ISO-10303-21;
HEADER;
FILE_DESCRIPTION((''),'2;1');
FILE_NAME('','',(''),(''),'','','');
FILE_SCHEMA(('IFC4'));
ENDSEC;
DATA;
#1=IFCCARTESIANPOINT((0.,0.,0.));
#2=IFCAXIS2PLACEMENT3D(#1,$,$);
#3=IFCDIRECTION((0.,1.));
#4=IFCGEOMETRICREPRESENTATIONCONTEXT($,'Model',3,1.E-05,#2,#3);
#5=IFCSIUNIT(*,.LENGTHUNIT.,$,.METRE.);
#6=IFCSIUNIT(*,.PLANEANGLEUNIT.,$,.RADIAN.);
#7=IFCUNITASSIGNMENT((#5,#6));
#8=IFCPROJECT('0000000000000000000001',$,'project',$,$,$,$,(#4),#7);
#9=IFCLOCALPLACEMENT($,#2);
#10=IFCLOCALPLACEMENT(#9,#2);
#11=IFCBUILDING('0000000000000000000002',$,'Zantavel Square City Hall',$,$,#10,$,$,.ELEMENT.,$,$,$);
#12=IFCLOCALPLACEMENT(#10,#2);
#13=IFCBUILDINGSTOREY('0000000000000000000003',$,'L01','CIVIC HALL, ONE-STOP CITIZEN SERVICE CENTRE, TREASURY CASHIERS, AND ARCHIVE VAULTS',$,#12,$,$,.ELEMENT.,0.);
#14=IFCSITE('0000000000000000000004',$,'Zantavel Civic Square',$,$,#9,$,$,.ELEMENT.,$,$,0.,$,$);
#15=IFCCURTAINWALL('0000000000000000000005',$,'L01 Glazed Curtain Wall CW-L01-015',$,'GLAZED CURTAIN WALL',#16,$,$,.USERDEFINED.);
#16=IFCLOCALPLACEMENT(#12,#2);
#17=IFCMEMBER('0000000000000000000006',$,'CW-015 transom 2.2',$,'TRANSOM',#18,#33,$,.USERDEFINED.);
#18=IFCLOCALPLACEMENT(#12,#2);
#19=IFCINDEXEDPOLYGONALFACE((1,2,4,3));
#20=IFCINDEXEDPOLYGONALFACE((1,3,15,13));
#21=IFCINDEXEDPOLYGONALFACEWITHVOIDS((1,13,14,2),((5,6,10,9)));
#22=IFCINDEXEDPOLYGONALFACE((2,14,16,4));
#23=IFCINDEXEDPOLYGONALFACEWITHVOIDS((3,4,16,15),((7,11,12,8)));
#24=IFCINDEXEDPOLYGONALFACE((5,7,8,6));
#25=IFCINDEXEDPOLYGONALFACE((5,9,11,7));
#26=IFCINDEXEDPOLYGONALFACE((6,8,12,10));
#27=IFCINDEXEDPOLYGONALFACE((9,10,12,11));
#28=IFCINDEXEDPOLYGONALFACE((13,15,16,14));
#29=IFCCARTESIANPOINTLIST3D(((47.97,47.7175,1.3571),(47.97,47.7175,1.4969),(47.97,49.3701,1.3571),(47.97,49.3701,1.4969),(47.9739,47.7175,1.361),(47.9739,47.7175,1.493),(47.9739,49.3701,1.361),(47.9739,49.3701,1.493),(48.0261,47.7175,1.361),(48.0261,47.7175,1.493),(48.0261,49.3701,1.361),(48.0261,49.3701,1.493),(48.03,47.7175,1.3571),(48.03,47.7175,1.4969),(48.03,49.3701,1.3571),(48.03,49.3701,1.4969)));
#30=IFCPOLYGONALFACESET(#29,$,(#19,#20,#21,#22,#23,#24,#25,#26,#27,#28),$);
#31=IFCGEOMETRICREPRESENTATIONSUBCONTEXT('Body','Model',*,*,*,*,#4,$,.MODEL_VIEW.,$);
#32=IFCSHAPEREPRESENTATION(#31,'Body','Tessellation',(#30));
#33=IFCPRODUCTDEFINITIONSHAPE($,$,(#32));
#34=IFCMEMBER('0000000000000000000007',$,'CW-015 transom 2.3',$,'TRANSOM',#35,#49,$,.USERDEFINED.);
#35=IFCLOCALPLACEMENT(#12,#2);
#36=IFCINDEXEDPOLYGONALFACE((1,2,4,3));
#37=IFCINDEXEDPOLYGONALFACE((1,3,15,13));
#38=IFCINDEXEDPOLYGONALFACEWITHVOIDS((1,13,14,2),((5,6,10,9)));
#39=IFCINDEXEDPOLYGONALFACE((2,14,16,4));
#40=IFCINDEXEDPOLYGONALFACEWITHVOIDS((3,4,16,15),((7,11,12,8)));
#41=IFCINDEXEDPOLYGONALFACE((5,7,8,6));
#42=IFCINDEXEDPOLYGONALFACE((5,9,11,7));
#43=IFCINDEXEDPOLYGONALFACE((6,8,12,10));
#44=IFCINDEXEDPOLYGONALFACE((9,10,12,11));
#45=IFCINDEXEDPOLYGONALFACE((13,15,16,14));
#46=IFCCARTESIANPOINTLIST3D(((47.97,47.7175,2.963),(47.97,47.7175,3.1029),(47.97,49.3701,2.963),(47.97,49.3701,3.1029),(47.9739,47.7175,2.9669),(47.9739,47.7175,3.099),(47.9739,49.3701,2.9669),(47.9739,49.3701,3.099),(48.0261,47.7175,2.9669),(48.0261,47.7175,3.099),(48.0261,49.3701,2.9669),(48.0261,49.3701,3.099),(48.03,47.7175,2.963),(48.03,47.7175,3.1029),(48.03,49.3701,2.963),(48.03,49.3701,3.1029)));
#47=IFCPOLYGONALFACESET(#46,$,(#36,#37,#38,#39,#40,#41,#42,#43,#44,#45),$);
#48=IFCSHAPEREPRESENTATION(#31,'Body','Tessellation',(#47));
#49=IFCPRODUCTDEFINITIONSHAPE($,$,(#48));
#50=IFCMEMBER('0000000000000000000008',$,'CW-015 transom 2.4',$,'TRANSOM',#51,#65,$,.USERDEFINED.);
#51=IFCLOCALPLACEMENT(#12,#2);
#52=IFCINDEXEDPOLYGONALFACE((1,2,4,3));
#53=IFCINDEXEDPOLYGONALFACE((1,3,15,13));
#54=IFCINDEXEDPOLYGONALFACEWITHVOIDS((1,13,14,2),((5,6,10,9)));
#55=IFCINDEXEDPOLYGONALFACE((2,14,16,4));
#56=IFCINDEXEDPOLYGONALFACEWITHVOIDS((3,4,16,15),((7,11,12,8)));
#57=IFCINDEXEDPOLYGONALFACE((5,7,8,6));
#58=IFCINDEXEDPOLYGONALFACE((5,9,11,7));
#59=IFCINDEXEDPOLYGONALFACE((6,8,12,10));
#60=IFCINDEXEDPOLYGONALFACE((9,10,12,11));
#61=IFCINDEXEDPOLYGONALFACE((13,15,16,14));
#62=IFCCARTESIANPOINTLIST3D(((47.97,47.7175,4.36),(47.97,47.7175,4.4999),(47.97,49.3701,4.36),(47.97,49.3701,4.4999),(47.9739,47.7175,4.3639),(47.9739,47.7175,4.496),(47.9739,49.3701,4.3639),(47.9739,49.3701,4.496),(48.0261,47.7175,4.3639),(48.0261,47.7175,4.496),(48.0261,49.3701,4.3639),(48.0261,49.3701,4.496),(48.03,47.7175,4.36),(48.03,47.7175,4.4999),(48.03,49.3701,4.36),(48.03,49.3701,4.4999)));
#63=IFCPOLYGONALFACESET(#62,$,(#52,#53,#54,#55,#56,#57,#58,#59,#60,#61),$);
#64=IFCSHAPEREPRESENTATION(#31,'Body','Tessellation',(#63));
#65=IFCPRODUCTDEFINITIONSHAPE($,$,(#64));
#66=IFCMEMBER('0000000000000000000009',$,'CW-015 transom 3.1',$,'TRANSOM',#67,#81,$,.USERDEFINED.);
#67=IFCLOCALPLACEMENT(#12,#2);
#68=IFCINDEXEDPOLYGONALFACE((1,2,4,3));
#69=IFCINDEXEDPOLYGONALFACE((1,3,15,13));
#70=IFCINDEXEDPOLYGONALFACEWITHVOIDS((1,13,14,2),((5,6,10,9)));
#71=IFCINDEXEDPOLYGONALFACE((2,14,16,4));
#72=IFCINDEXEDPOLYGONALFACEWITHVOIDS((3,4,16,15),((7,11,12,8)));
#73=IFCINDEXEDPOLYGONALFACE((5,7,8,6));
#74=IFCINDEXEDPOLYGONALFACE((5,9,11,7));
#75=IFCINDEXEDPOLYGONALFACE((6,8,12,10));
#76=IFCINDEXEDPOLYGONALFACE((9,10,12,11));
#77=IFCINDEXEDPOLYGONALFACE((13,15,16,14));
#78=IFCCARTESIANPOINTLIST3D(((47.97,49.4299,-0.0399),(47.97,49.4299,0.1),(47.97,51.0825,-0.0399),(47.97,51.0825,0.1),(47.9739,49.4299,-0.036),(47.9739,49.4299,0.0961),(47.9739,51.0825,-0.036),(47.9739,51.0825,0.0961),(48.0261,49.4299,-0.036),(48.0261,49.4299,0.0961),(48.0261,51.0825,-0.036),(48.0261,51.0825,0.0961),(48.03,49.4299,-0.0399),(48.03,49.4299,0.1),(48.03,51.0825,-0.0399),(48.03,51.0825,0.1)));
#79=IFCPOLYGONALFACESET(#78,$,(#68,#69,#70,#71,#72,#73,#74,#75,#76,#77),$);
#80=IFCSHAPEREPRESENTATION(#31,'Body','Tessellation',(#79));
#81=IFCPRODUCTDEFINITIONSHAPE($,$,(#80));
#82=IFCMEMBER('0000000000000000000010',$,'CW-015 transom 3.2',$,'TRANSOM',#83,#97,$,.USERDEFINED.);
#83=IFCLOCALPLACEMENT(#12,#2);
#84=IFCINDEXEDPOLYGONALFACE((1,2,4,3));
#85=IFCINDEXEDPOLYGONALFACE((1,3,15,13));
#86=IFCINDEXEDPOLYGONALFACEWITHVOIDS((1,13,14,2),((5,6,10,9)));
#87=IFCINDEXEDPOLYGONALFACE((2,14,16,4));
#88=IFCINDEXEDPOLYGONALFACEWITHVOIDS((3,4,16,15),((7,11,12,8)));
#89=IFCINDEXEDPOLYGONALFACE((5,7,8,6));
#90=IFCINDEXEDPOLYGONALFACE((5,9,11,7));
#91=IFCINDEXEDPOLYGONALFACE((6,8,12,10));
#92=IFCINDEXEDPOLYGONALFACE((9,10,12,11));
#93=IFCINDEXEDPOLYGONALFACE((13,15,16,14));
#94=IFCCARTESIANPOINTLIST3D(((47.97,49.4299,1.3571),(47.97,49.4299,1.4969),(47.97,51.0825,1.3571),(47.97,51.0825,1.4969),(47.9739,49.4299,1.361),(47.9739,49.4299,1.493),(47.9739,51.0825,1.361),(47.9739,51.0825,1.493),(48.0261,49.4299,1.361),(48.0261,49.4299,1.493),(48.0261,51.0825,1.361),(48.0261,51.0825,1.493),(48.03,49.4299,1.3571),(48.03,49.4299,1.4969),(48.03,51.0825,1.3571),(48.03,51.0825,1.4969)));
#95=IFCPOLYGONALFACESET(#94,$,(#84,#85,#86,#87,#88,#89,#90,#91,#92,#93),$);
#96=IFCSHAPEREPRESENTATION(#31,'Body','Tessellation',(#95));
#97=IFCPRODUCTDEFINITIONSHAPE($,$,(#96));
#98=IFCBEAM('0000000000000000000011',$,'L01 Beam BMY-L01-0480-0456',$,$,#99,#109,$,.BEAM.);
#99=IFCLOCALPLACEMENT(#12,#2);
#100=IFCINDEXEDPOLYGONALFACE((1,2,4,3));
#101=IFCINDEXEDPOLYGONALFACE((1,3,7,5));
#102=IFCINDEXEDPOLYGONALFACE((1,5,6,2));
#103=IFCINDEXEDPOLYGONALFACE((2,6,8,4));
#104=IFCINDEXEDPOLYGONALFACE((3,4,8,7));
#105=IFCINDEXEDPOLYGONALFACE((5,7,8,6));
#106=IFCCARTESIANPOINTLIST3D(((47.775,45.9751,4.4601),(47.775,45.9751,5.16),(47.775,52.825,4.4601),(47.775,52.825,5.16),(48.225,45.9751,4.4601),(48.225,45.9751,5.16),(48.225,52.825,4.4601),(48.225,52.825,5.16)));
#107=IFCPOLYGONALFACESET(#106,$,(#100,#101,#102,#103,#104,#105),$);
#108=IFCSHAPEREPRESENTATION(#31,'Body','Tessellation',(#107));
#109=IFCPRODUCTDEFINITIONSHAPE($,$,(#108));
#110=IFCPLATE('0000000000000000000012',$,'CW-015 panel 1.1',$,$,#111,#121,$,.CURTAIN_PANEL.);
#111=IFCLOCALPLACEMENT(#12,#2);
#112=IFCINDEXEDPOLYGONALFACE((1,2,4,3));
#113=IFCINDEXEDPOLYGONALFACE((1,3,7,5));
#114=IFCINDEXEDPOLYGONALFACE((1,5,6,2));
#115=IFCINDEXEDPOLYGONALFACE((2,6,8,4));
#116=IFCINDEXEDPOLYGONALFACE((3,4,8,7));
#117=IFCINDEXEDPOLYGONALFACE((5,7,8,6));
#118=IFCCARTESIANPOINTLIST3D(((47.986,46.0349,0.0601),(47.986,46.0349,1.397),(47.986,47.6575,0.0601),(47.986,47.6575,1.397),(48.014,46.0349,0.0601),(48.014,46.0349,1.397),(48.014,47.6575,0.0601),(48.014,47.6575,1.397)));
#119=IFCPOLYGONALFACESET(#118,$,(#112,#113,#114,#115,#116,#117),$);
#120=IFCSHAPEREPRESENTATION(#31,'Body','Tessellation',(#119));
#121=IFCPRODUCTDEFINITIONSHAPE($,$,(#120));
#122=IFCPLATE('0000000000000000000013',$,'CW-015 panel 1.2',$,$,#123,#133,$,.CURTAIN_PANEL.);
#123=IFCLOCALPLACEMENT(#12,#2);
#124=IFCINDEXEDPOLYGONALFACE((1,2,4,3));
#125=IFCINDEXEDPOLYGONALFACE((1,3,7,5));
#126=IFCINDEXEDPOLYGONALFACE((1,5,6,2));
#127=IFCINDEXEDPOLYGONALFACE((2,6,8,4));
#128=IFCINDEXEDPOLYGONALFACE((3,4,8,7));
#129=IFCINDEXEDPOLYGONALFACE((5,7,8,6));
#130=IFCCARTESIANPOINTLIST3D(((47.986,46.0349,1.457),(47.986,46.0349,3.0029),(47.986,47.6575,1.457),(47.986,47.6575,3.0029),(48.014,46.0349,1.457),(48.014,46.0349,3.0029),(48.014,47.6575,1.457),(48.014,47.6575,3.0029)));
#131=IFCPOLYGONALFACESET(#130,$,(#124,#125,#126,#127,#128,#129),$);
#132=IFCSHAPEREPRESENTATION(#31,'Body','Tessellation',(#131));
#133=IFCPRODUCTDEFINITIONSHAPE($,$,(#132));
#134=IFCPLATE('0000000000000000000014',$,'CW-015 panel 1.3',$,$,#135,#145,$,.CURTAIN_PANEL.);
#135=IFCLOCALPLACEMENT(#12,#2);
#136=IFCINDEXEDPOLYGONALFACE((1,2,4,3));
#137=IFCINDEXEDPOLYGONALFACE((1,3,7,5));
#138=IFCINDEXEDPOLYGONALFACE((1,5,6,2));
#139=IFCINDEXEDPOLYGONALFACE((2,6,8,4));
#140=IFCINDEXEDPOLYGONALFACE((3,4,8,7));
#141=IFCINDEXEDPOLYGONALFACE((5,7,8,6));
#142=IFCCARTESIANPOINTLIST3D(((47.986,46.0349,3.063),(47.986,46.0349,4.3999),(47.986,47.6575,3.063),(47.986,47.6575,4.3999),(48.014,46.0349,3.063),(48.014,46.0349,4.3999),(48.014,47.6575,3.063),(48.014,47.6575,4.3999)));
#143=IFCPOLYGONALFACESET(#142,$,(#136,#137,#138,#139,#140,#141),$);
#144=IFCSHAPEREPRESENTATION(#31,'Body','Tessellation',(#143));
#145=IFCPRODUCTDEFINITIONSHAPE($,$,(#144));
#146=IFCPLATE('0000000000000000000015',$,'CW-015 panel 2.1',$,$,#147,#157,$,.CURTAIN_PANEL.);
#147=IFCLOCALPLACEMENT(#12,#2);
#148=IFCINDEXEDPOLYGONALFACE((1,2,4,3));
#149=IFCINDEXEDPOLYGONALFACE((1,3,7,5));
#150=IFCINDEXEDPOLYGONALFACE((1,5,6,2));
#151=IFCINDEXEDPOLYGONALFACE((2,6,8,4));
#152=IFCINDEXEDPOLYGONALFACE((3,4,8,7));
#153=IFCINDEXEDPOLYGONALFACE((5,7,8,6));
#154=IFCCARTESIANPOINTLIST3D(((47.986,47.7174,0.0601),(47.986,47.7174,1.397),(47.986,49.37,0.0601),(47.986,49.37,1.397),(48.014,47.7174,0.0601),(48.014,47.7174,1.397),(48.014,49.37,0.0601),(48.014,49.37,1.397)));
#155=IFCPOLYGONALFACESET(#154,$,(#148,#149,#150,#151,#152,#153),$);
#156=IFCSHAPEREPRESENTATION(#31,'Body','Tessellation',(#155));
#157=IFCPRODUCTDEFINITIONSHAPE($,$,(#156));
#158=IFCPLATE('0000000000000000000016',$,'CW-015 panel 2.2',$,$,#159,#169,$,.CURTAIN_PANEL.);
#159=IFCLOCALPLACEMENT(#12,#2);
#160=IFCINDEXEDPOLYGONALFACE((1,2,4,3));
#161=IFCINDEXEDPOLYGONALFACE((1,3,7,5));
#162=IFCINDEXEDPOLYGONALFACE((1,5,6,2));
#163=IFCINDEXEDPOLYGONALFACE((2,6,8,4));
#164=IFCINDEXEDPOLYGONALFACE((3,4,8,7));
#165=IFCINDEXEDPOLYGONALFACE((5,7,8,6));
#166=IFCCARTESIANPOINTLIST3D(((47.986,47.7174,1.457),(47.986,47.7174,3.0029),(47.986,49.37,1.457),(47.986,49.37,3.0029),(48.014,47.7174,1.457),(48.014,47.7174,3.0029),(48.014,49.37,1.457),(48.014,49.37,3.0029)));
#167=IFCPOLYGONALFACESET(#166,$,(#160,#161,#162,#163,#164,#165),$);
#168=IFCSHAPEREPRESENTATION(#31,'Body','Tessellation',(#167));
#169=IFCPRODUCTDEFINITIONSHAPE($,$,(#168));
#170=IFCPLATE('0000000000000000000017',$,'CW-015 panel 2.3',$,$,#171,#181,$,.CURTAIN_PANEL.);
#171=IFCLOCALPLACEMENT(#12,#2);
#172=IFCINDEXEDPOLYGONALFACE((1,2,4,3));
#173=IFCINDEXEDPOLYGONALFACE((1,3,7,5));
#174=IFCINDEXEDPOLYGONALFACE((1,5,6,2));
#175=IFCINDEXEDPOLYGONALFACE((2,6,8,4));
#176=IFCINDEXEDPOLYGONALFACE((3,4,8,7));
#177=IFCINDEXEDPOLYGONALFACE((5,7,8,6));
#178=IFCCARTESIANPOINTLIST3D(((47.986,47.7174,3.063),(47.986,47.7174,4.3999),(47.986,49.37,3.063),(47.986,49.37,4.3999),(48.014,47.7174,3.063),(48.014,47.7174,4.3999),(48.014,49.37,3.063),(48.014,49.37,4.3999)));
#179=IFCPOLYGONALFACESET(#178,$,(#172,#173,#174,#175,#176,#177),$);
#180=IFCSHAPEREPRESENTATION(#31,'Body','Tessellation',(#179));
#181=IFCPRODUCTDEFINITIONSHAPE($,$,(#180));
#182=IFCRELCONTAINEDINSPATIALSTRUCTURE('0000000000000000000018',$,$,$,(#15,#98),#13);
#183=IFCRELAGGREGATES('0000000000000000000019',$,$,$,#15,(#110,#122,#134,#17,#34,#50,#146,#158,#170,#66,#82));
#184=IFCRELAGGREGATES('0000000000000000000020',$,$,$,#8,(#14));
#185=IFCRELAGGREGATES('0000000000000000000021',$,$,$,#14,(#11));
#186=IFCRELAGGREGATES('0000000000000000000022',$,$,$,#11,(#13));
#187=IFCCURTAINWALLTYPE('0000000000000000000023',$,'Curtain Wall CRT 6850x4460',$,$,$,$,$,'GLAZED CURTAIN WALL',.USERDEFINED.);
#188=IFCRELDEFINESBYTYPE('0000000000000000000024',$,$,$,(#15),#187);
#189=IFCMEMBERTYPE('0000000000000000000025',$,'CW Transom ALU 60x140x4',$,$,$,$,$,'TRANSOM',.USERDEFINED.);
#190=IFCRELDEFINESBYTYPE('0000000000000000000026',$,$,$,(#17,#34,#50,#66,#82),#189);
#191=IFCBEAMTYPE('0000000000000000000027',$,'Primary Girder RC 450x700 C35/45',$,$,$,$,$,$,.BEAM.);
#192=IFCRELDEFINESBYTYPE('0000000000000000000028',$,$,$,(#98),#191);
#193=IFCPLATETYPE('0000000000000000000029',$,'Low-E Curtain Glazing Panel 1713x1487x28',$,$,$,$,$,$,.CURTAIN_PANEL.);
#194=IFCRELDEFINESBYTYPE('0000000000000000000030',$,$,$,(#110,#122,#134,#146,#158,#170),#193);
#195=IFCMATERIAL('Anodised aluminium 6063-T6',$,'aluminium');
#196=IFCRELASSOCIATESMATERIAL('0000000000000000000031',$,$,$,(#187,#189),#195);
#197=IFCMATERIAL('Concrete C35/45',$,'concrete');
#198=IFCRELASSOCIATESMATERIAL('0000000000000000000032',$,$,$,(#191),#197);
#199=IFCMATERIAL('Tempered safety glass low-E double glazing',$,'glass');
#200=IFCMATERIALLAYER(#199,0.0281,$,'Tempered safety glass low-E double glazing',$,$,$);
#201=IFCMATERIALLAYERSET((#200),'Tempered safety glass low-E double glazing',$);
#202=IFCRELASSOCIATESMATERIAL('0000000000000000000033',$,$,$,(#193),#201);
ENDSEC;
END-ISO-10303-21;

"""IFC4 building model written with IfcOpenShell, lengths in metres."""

from ifc_helpers import new_model, si_unit, direction, frame, origin, origin_2d, place, context, subcontext, project, spatial, rectangle, hollow_rectangle, extrude, material, layer, layer_set, material_profile, profile_set, type_object, element, aggregate, save


model = new_model("IFC4")

# Units and contexts
model_context = context("Model", 3, precision=1e-05, world=origin(), true_north=direction((0.0, 1.0)))
body_context = subcontext(model_context, "Body", "Model", "MODEL_VIEW")
ifc_project = project(units=[si_unit("LENGTHUNIT", "METRE"), si_unit("PLANEANGLEUNIT", "RADIAN")], contexts=[model_context])

# Site, building, storey
site_placement = place(None, origin())
site = spatial("IfcSite", under=ifc_project, at=site_placement, Name="Zantavel Civic Square", CompositionType="ELEMENT", RefElevation=0.0)
building_placement = place(site_placement, origin())
building = spatial("IfcBuilding", under=site, at=building_placement, Name="Zantavel Square City Hall", CompositionType="ELEMENT")
storey_placement = place(building_placement, origin())
storey = spatial("IfcBuildingStorey", under=building, at=storey_placement, Name="L01", Description="CIVIC HALL, ONE-STOP CITIZEN SERVICE CENTRE, TREASURY CASHIERS, AND ARCHIVE VAULTS", CompositionType="ELEMENT", Elevation=0.0)

# Curtain wall, members
ifc_material_1 = material(Name="Anodised aluminium 6063-T6", Category="aluminium")
curtain_wall_type = type_object("IfcCurtainWallType", Name="Curtain Wall CRT 6850x4460", ElementType="GLAZED CURTAIN WALL", PredefinedType="USERDEFINED", material=ifc_material_1)
curtain_wall_placement = place(storey_placement, origin())
curtain_wall = element("IfcCurtainWall", 1, at=curtain_wall_placement, inside=storey, type_object=curtain_wall_type, Name="L01 Glazed Curtain Wall CW-L01-015", ObjectType="GLAZED CURTAIN WALL", PredefinedType="USERDEFINED")
ifc_material_profile_1 = material_profile(ifc_material_1, hollow_rectangle(XDim=0.0601, YDim=0.1399, WallThickness=0.0039, at=origin_2d()), Name="ALU 60x140x4")
ifc_profile_set_1 = profile_set([ifc_material_profile_1], Name="Anodised aluminium 6063-T6")
member_type_1 = type_object("IfcMemberType", Name="CW Transom ALU 60x140x4", ElementType="TRANSOM", PredefinedType="USERDEFINED", material=ifc_profile_set_1)
member_1_placement = place(storey_placement, frame((48.0, 47.7175, 1.427), z_axis=(0.0, 1.0, 0.0), x_axis=(-1.0, 0.0, 0.0)))
member_1 = element("IfcMember", 2, at=member_1_placement, type_object=member_type_1, Name="CW-015 transom 2.2", ObjectType="TRANSOM", PredefinedType="USERDEFINED", context=body_context, shape_type="SweptSolid", body=[
    extrude(hollow_rectangle(XDim=0.0601, YDim=0.1399, WallThickness=0.0039, at=origin_2d()), origin(), (0.0, 0.0, 1.0), 1.6526),
])
member_2_placement = place(storey_placement, frame((48.0, 47.7175, 3.033), z_axis=(0.0, 1.0, 0.0), x_axis=(-1.0, 0.0, 0.0)))
member_2 = element("IfcMember", 3, at=member_2_placement, type_object=member_type_1, Name="CW-015 transom 2.3", ObjectType="TRANSOM", PredefinedType="USERDEFINED", context=body_context, shape_type="SweptSolid", body=[
    extrude(hollow_rectangle(XDim=0.0601, YDim=0.1399, WallThickness=0.0039, at=origin_2d()), origin(), (0.0, 0.0, 1.0), 1.6526),
])
member_3_placement = place(storey_placement, frame((48.0, 47.7175, 4.4299), z_axis=(0.0, 1.0, 0.0), x_axis=(-1.0, 0.0, 0.0)))
member_3 = element("IfcMember", 4, at=member_3_placement, type_object=member_type_1, Name="CW-015 transom 2.4", ObjectType="TRANSOM", PredefinedType="USERDEFINED", context=body_context, shape_type="SweptSolid", body=[
    extrude(hollow_rectangle(XDim=0.0601, YDim=0.1399, WallThickness=0.0039, at=origin_2d()), origin(), (0.0, 0.0, 1.0), 1.6526),
])
member_4_placement = place(storey_placement, frame((48.0, 49.4299, 0.03), z_axis=(0.0, 1.0, 0.0), x_axis=(-1.0, 0.0, 0.0)))
member_4 = element("IfcMember", 5, at=member_4_placement, type_object=member_type_1, Name="CW-015 transom 3.1", ObjectType="TRANSOM", PredefinedType="USERDEFINED", context=body_context, shape_type="SweptSolid", body=[
    extrude(hollow_rectangle(XDim=0.0601, YDim=0.1399, WallThickness=0.0039, at=origin_2d()), origin(), (0.0, 0.0, 1.0), 1.6526),
])
member_5_placement = place(storey_placement, frame((48.0, 49.4299, 1.427), z_axis=(0.0, 1.0, 0.0), x_axis=(-1.0, 0.0, 0.0)))
member_5 = element("IfcMember", 6, at=member_5_placement, type_object=member_type_1, Name="CW-015 transom 3.2", ObjectType="TRANSOM", PredefinedType="USERDEFINED", context=body_context, shape_type="SweptSolid", body=[
    extrude(hollow_rectangle(XDim=0.0601, YDim=0.1399, WallThickness=0.0039, at=origin_2d()), origin(), (0.0, 0.0, 1.0), 1.6526),
])

# Beam
ifc_material_2 = material(Name="Concrete C35/45", Category="concrete")
ifc_material_profile_2 = material_profile(ifc_material_2, rectangle(XDim=0.45, YDim=0.7, at=origin_2d()), Name="RC 450x700")
ifc_profile_set_2 = profile_set([ifc_material_profile_2], Name="Concrete C35/45")
beam_type = type_object("IfcBeamType", Name="Primary Girder RC 450x700 C35/45", PredefinedType="BEAM", material=ifc_profile_set_2)
beam_placement = place(storey_placement, frame((48.0, 45.9751, 4.8101), z_axis=(0.0, 1.0, 0.0), x_axis=(-1.0, 0.0, 0.0)))
element("IfcBeam", 7, at=beam_placement, inside=storey, type_object=beam_type, Name="L01 Beam BMY-L01-0480-0456", PredefinedType="BEAM", context=body_context, shape_type="SweptSolid", body=[
    extrude(rectangle(XDim=0.45, YDim=0.7, at=origin_2d()), origin(), (0.0, 0.0, 1.0), 6.8499),
])

# Plates
ifc_material_3 = material(Name="Tempered safety glass low-E double glazing", Category="glass")
ifc_layer = layer(ifc_material_3, 0.0281, Name="Tempered safety glass low-E double glazing")
ifc_layer_set = layer_set([ifc_layer], Name="Tempered safety glass low-E double glazing")
plate_type = type_object("IfcPlateType", Name="Low-E Curtain Glazing Panel 1713x1487x28", PredefinedType="CURTAIN_PANEL", material=ifc_layer_set)
plate_1_placement = place(storey_placement, frame((48.0, 46.8462, 0.0601), z_axis=(0.0, 0.0, 1.0), x_axis=(0.0, 1.0, 0.0)))
plate_1 = element("IfcPlate", 8, at=plate_1_placement, type_object=plate_type, Name="CW-015 panel 1.1", PredefinedType="CURTAIN_PANEL", context=body_context, shape_type="SweptSolid", body=[
    extrude(rectangle(XDim=1.6226, YDim=0.0281, at=origin_2d()), origin(), (0.0, 0.0, 1.0), 1.3369),
])
plate_2_placement = place(storey_placement, frame((48.0, 46.8462, 1.457), z_axis=(0.0, 0.0, 1.0), x_axis=(0.0, 1.0, 0.0)))
plate_2 = element("IfcPlate", 9, at=plate_2_placement, type_object=plate_type, Name="CW-015 panel 1.2", PredefinedType="CURTAIN_PANEL", context=body_context, shape_type="SweptSolid", body=[
    extrude(rectangle(XDim=1.6226, YDim=0.0281, at=origin_2d()), origin(), (0.0, 0.0, 1.0), 1.5459),
])
plate_3_placement = place(storey_placement, frame((48.0, 46.8462, 3.063), z_axis=(0.0, 0.0, 1.0), x_axis=(0.0, 1.0, 0.0)))
plate_3 = element("IfcPlate", 10, at=plate_3_placement, type_object=plate_type, Name="CW-015 panel 1.3", PredefinedType="CURTAIN_PANEL", context=body_context, shape_type="SweptSolid", body=[
    extrude(rectangle(XDim=1.6226, YDim=0.0281, at=origin_2d()), origin(), (0.0, 0.0, 1.0), 1.3369),
])
plate_4_placement = place(storey_placement, frame((48.0, 48.5437, 0.0601), z_axis=(0.0, 0.0, 1.0), x_axis=(0.0, 1.0, 0.0)))
plate_4 = element("IfcPlate", 11, at=plate_4_placement, type_object=plate_type, Name="CW-015 panel 2.1", PredefinedType="CURTAIN_PANEL", context=body_context, shape_type="SweptSolid", body=[
    extrude(rectangle(XDim=1.6526, YDim=0.0281, at=origin_2d()), origin(), (0.0, 0.0, 1.0), 1.3369),
])
plate_5_placement = place(storey_placement, frame((48.0, 48.5437, 1.457), z_axis=(0.0, 0.0, 1.0), x_axis=(0.0, 1.0, 0.0)))
plate_5 = element("IfcPlate", 12, at=plate_5_placement, type_object=plate_type, Name="CW-015 panel 2.2", PredefinedType="CURTAIN_PANEL", context=body_context, shape_type="SweptSolid", body=[
    extrude(rectangle(XDim=1.6526, YDim=0.0281, at=origin_2d()), origin(), (0.0, 0.0, 1.0), 1.5459),
])
plate_6_placement = place(storey_placement, frame((48.0, 48.5437, 3.063), z_axis=(0.0, 0.0, 1.0), x_axis=(0.0, 1.0, 0.0)))
plate_6 = element("IfcPlate", 13, at=plate_6_placement, type_object=plate_type, Name="CW-015 panel 2.3", PredefinedType="CURTAIN_PANEL", context=body_context, shape_type="SweptSolid", body=[
    extrude(rectangle(XDim=1.6526, YDim=0.0281, at=origin_2d()), origin(), (0.0, 0.0, 1.0), 1.3369),
])
aggregate(curtain_wall, [plate_1, plate_2, plate_3, member_1, member_2, member_3, plate_4, plate_5, plate_6, member_4, member_5])

save(model, "model.ifc")
